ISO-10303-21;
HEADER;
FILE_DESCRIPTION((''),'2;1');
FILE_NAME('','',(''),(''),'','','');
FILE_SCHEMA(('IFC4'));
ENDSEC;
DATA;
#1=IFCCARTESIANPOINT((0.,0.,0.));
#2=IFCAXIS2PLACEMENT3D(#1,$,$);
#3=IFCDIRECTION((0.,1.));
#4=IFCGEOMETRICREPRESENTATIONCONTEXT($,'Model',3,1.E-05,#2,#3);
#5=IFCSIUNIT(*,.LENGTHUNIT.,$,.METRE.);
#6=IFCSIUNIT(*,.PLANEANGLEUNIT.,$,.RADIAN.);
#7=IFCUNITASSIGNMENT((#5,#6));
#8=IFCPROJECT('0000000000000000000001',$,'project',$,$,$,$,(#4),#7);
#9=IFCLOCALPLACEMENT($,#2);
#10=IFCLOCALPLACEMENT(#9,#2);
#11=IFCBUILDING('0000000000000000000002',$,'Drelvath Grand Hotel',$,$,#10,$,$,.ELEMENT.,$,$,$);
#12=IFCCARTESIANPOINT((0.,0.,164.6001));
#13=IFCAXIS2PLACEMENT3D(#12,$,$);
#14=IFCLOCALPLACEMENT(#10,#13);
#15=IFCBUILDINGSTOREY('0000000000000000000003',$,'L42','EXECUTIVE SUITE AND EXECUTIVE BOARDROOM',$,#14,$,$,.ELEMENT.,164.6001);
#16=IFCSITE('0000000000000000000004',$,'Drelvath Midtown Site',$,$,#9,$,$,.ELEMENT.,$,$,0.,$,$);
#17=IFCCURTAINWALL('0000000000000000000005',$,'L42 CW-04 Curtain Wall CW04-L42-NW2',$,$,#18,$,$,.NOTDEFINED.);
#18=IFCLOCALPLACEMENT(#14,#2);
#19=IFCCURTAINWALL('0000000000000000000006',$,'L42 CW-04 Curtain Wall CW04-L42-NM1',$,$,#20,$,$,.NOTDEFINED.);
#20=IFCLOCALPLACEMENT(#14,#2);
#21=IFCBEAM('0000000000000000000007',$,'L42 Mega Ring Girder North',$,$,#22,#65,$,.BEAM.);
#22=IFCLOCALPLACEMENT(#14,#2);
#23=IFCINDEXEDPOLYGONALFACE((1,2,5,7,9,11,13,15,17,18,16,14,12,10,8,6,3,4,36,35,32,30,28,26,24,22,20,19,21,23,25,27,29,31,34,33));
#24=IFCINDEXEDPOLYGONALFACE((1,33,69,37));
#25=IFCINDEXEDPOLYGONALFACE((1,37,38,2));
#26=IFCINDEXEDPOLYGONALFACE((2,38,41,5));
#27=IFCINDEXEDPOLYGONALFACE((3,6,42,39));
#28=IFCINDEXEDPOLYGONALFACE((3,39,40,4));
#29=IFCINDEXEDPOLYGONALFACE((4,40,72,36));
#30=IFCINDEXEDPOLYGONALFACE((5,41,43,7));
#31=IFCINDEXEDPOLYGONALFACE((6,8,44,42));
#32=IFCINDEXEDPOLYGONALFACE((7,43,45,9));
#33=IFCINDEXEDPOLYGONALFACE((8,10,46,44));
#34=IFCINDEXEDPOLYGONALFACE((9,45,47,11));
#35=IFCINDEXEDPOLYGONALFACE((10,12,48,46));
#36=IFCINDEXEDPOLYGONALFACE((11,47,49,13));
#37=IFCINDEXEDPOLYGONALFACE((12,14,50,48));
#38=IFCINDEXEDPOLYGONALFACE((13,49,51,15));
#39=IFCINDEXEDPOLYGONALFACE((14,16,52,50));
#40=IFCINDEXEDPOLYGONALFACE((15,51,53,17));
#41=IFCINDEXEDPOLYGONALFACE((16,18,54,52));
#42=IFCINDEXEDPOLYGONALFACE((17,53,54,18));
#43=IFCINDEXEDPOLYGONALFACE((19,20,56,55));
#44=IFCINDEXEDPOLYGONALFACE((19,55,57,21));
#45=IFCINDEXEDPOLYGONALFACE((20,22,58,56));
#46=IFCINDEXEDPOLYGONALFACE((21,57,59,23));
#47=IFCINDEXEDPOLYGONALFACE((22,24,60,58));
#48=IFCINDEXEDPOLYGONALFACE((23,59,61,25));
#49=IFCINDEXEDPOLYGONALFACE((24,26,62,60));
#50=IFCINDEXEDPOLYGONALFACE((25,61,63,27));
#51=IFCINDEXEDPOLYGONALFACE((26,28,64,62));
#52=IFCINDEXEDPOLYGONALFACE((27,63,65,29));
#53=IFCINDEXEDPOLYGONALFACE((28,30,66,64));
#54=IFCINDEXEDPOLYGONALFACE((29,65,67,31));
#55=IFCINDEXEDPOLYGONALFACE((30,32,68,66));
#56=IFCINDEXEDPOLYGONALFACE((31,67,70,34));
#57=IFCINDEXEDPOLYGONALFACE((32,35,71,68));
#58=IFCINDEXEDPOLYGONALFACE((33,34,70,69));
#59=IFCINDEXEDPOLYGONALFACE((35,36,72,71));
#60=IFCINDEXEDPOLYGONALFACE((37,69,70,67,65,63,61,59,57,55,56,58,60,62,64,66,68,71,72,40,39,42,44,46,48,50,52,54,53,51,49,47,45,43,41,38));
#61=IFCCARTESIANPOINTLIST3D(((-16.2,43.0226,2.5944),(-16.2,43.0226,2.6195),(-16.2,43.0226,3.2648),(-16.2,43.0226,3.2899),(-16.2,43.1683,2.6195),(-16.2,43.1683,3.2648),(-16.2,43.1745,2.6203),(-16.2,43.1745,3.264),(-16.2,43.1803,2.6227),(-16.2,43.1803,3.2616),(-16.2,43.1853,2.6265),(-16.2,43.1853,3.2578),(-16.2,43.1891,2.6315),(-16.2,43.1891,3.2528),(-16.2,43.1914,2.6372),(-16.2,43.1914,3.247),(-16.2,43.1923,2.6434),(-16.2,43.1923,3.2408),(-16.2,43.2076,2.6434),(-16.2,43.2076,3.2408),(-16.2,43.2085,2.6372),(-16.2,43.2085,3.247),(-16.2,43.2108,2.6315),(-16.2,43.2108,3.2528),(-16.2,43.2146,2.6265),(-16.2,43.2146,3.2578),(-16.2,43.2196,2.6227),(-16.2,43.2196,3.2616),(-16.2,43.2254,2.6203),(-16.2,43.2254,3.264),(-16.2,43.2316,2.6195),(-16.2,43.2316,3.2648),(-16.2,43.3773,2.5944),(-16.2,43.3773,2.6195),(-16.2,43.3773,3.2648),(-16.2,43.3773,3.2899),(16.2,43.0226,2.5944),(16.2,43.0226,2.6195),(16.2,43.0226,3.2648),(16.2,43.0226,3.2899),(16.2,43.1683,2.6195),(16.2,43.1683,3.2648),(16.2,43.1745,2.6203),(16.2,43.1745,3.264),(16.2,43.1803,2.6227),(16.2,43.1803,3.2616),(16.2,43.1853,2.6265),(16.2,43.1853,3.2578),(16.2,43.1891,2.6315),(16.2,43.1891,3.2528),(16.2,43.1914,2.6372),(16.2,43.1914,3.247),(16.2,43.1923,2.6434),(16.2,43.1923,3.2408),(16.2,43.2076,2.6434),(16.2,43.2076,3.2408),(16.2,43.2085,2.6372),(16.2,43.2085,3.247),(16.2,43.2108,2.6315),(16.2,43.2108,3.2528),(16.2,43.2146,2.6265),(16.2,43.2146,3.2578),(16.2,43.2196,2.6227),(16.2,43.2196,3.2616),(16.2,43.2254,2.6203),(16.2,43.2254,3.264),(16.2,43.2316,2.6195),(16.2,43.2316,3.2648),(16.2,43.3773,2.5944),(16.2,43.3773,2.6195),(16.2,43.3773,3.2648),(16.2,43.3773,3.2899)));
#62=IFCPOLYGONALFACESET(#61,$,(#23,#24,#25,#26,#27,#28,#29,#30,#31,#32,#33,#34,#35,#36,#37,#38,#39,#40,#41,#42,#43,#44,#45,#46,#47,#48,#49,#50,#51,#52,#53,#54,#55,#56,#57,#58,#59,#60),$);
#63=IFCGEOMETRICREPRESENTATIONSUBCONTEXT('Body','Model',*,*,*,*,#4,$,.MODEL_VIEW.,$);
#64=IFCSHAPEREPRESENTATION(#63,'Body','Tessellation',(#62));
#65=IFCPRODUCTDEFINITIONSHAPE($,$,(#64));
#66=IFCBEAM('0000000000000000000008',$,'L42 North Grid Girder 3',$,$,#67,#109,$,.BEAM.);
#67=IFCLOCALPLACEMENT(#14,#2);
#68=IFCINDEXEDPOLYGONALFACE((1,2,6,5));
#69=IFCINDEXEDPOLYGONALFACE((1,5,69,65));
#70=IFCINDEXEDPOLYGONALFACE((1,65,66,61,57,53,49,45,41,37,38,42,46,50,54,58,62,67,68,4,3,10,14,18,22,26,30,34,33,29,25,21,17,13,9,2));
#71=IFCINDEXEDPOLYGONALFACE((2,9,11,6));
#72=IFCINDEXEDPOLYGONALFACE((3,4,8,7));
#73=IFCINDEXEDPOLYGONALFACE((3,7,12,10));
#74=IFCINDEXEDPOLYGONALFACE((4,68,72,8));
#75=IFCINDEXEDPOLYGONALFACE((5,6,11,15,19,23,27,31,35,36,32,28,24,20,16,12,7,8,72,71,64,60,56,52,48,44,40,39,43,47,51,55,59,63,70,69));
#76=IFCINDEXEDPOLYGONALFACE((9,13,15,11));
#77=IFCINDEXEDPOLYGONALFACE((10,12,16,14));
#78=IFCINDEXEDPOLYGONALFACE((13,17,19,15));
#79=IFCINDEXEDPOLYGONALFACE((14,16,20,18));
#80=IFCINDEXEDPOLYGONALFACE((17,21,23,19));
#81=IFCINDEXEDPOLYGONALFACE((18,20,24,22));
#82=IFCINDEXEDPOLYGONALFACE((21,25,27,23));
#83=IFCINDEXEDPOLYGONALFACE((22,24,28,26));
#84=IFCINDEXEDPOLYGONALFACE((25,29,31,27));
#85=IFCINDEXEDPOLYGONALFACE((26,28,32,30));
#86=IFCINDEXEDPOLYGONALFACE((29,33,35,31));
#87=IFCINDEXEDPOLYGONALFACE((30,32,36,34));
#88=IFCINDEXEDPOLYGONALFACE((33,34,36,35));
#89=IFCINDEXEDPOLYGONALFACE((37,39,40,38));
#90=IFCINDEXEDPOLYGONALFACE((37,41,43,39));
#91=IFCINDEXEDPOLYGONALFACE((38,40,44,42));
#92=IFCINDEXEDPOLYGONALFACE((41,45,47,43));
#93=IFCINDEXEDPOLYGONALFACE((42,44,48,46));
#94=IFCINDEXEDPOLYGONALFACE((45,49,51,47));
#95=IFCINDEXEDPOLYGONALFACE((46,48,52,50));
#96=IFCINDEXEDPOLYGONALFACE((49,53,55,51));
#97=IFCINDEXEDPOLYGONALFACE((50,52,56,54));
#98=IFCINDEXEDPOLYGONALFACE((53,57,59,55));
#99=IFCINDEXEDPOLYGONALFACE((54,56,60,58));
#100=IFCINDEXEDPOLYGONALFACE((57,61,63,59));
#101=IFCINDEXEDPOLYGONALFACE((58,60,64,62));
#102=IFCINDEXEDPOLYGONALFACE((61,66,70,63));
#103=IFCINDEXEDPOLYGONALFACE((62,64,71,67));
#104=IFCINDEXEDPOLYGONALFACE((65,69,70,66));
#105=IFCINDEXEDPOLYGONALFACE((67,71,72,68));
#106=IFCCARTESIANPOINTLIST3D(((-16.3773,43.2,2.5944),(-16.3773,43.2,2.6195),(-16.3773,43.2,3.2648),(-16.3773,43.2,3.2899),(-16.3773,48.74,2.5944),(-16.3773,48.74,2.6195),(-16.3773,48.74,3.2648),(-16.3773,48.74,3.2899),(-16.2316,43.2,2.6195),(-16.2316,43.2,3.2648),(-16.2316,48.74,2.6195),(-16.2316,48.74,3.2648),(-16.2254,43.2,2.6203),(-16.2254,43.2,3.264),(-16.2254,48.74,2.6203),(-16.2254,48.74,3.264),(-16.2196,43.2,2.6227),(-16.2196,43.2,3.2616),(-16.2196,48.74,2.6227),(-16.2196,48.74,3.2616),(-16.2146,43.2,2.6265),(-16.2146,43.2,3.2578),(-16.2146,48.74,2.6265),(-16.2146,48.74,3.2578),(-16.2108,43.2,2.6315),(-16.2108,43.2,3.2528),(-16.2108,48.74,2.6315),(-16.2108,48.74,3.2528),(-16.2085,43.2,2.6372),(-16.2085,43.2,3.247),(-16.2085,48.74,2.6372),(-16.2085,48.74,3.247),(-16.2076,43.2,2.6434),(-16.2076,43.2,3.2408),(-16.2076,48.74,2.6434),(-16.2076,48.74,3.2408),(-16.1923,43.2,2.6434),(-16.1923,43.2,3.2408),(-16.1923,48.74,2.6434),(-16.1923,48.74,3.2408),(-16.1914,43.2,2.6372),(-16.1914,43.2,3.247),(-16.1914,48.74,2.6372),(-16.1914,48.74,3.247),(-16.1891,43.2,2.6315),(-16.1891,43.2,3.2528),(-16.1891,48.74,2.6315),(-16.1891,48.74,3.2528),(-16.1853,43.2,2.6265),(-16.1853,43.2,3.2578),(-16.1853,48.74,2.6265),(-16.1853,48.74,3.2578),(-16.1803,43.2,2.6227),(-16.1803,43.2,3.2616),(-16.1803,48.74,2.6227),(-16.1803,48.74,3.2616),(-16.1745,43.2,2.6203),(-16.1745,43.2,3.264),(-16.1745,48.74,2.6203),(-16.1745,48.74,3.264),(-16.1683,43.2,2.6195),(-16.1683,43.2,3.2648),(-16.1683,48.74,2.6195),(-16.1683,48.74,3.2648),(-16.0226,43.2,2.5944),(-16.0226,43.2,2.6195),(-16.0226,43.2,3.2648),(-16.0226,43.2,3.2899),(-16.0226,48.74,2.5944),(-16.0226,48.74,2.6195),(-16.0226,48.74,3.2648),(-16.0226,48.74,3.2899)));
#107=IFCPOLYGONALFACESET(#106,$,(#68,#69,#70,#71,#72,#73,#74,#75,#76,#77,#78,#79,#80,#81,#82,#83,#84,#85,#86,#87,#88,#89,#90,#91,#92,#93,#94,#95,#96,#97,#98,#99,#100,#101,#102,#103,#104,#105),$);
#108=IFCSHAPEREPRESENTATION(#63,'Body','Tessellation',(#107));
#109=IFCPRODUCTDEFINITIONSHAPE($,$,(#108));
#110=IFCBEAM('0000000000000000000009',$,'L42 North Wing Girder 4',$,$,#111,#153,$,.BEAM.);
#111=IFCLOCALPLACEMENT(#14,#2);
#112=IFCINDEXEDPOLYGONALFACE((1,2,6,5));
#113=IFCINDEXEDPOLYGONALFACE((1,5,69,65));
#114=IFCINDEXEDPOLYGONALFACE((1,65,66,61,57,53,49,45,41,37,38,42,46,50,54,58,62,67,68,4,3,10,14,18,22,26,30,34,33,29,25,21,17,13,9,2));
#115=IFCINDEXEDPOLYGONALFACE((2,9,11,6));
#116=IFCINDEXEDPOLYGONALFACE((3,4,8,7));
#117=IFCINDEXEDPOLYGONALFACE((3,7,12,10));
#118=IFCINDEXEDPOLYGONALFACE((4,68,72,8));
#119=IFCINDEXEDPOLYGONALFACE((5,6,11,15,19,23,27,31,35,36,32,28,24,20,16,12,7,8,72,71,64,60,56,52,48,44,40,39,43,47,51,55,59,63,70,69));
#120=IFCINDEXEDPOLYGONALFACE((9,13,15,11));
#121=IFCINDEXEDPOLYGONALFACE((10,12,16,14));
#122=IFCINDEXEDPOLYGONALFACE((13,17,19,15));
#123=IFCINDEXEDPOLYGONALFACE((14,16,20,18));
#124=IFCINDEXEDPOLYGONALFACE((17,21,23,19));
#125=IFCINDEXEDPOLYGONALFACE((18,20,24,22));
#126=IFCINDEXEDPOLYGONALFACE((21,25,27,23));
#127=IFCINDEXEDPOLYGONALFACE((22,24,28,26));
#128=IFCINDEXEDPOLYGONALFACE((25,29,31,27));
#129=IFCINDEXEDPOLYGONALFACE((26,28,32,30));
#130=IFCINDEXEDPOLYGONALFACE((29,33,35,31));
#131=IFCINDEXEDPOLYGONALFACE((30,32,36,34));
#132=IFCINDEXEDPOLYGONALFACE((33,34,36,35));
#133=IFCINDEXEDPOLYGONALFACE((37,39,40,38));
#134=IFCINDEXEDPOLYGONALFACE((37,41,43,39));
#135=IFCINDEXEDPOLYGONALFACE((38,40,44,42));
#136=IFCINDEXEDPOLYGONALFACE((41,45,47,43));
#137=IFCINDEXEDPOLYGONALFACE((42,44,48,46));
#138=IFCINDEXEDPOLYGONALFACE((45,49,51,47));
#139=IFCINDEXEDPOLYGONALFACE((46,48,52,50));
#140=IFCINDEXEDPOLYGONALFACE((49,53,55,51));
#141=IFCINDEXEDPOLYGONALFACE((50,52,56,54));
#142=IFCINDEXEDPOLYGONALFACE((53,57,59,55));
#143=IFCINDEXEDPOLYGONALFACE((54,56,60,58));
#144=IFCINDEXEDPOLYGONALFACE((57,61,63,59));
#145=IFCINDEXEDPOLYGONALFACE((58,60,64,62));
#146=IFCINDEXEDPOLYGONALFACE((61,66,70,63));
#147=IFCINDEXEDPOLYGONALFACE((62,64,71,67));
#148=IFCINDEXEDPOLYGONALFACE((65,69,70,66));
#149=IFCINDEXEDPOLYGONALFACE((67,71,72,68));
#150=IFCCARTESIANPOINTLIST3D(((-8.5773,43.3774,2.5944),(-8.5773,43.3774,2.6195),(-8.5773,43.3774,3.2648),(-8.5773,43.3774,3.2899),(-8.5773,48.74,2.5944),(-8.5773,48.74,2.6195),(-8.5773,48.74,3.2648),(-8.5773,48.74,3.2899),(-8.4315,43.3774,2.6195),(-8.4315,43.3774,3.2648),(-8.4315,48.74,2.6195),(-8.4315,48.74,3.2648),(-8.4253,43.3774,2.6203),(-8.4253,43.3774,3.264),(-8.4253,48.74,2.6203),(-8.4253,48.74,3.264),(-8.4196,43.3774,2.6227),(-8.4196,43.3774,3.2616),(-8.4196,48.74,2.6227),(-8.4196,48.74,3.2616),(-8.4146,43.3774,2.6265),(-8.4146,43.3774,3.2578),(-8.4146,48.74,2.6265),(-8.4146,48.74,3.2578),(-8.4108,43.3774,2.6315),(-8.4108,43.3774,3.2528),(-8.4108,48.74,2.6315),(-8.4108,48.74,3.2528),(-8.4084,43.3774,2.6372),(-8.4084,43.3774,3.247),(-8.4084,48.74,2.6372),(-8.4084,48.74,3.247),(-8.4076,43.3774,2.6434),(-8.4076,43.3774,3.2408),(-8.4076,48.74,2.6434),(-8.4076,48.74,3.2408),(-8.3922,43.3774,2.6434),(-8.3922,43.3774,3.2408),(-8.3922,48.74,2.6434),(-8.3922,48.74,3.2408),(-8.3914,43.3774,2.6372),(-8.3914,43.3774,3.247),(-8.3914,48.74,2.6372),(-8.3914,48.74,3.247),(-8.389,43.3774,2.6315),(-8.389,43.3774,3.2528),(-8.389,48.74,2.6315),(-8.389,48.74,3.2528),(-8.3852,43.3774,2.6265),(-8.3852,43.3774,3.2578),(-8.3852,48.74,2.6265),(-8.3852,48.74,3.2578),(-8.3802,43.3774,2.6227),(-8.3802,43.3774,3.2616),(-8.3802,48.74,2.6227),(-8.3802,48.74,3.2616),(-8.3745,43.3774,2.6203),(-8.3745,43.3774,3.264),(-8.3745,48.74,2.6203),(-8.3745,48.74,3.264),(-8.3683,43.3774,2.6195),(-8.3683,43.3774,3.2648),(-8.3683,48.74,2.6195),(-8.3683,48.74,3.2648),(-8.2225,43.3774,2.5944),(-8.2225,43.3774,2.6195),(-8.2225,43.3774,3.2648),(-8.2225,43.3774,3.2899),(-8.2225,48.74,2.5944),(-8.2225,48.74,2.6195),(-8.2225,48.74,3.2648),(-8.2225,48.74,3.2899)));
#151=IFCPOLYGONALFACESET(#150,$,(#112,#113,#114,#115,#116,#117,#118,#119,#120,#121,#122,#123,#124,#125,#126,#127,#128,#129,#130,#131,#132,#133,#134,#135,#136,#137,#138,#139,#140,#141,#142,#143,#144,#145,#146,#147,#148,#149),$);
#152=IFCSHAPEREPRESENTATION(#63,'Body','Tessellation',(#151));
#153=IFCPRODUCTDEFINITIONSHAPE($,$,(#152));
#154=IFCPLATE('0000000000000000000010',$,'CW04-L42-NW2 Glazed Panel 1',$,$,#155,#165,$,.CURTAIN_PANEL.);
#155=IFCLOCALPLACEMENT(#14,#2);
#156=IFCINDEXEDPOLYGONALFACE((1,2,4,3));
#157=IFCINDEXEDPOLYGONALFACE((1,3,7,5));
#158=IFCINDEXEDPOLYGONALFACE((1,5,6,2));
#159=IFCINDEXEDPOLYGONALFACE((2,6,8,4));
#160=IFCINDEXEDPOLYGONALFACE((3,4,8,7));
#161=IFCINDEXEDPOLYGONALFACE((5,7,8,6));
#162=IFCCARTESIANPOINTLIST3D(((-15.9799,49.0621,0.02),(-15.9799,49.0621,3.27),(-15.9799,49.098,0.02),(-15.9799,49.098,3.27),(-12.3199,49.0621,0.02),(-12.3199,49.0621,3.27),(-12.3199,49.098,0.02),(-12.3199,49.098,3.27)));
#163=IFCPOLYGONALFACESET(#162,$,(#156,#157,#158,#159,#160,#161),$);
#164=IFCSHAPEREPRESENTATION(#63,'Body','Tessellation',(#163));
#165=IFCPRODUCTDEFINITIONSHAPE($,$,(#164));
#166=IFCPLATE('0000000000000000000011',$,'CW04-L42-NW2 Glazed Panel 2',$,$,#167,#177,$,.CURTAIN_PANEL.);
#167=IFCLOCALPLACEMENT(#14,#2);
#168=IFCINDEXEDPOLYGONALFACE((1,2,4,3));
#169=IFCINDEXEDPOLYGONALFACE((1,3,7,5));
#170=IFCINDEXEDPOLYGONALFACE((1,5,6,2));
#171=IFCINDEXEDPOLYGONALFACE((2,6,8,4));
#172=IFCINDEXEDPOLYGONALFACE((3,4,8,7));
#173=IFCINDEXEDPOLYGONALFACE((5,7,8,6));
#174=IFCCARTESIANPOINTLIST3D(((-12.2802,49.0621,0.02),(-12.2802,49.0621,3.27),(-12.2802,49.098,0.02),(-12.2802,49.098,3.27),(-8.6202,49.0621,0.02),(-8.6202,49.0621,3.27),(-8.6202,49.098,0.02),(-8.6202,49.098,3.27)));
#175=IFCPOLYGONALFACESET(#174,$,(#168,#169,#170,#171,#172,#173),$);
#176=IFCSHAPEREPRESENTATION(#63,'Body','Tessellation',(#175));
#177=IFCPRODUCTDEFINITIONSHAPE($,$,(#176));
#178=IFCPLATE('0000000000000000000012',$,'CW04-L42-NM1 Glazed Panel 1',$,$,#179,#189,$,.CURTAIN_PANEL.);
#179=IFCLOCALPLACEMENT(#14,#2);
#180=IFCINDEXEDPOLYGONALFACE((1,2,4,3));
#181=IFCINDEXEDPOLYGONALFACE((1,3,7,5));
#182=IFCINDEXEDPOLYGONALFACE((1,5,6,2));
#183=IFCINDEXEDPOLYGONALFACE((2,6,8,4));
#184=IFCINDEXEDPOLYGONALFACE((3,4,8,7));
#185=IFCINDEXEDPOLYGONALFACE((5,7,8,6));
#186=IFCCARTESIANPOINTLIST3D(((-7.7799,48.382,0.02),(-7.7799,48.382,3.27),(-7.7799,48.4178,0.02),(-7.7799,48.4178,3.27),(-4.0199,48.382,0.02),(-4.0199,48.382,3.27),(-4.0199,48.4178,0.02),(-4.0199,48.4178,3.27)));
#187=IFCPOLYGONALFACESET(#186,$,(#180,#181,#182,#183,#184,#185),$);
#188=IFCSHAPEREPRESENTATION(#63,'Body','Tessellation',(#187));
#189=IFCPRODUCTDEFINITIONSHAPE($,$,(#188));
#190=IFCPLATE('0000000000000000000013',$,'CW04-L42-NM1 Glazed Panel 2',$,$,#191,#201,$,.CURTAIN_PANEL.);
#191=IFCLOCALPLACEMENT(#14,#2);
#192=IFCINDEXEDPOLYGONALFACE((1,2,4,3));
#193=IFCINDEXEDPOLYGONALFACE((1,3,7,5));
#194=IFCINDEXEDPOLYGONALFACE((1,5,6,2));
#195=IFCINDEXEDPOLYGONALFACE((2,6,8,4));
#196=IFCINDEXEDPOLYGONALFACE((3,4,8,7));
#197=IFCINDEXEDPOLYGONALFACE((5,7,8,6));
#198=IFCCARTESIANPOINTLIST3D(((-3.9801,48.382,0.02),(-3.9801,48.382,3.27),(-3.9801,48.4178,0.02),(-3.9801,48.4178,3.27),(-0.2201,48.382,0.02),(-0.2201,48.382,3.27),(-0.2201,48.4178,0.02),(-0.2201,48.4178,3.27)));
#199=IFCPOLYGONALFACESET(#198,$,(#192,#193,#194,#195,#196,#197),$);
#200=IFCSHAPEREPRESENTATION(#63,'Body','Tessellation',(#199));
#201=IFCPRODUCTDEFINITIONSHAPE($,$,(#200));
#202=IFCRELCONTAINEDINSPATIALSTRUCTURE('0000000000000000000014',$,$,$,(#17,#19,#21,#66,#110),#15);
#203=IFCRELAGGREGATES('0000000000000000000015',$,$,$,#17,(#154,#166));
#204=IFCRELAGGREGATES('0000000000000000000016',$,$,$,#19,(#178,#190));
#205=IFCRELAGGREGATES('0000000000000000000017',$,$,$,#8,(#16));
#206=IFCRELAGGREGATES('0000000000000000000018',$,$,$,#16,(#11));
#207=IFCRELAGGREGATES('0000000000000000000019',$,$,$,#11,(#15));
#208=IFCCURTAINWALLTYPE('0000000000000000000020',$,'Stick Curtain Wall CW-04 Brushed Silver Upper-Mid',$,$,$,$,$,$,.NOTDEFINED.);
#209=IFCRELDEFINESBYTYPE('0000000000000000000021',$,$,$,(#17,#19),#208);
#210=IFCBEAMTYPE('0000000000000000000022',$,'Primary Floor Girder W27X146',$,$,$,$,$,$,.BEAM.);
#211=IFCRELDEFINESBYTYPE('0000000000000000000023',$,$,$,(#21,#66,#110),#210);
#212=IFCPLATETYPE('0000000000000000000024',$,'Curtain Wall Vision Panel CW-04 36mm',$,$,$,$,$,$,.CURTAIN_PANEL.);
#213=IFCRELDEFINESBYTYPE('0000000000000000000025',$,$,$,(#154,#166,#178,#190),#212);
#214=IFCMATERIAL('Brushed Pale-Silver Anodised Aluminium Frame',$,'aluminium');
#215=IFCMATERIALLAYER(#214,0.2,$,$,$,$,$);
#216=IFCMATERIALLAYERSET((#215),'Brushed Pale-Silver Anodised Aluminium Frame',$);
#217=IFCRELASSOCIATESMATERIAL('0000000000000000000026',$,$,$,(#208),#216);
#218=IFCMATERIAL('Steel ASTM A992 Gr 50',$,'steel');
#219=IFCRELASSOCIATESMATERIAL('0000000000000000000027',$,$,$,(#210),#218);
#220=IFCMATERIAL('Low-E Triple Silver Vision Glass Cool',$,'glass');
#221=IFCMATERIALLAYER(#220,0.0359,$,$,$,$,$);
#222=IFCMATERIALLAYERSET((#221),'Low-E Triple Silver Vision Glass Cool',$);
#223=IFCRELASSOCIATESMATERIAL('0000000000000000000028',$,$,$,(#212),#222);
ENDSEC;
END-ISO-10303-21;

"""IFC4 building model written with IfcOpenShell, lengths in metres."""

from ifc_helpers import new_model, si_unit, direction, frame, origin, origin_2d, place, context, subcontext, project, spatial, rectangle, i_section, extrude, material, layer, layer_set, material_profile, profile_set, type_object, element, aggregate, save


model = new_model("IFC4")

# Units and contexts
model_context = context("Model", 3, precision=1e-05, world=origin(), true_north=direction((0.0, 1.0)))
body_context = subcontext(model_context, "Body", "Model", "MODEL_VIEW")
ifc_project = project(units=[si_unit("LENGTHUNIT", "METRE"), si_unit("PLANEANGLEUNIT", "RADIAN")], contexts=[model_context])

# Site, building, storey
site_placement = place(None, origin())
site = spatial("IfcSite", under=ifc_project, at=site_placement, Name="Drelvath Midtown Site", CompositionType="ELEMENT", RefElevation=0.0)
building_placement = place(site_placement, origin())
building = spatial("IfcBuilding", under=site, at=building_placement, Name="Drelvath Grand Hotel", CompositionType="ELEMENT")
storey_placement = place(building_placement, frame((0.0, 0.0, 164.6001)))
storey = spatial("IfcBuildingStorey", under=building, at=storey_placement, Name="L42", Description="EXECUTIVE SUITE AND EXECUTIVE BOARDROOM", CompositionType="ELEMENT", Elevation=164.6001)

# Curtain walls
ifc_material_1 = material(Name="Brushed Pale-Silver Anodised Aluminium Frame", Category="aluminium")
ifc_layer_1 = layer(ifc_material_1, 0.2)
ifc_layer_set_1 = layer_set([ifc_layer_1], Name="Brushed Pale-Silver Anodised Aluminium Frame")
curtain_wall_type = type_object("IfcCurtainWallType", Name="Stick Curtain Wall CW-04 Brushed Silver Upper-Mid", PredefinedType="NOTDEFINED", material=ifc_layer_set_1)
curtain_wall_1_placement = place(storey_placement, origin())
curtain_wall_1 = element("IfcCurtainWall", 1, at=curtain_wall_1_placement, inside=storey, type_object=curtain_wall_type, Name="L42 CW-04 Curtain Wall CW04-L42-NW2", PredefinedType="NOTDEFINED")
curtain_wall_2_placement = place(storey_placement, origin())
curtain_wall_2 = element("IfcCurtainWall", 2, at=curtain_wall_2_placement, inside=storey, type_object=curtain_wall_type, Name="L42 CW-04 Curtain Wall CW04-L42-NM1", PredefinedType="NOTDEFINED")

# Beams
ifc_material_2 = material(Name="Steel ASTM A992 Gr 50", Category="steel")
ifc_material_profile_1 = material_profile(ifc_material_2, i_section(OverallWidth=0.3547, OverallDepth=0.6956, WebThickness=0.0154, FlangeThickness=0.0251, FilletRadius=0.0239, at=origin_2d()), Name="W27X146")
ifc_profile_set_1 = profile_set([ifc_material_profile_1], Name="Steel ASTM A992 Gr 50")
beam_type_1 = type_object("IfcBeamType", Name="Primary Floor Girder W27X146", PredefinedType="BEAM", material=ifc_profile_set_1)
beam_1_placement = place(storey_placement, frame((-16.2, 43.2, 2.9421), z_axis=(1.0, 0.0, 0.0), x_axis=(0.0, 1.0, 0.0)))
element("IfcBeam", 3, at=beam_1_placement, inside=storey, type_object=beam_type_1, Name="L42 Mega Ring Girder North", PredefinedType="BEAM", context=body_context, shape_type="SweptSolid", body=[
    extrude(i_section(OverallWidth=0.3547, OverallDepth=0.6956, WebThickness=0.0154, FlangeThickness=0.0251, FilletRadius=0.0239, at=origin_2d()), origin(), (0.0, 0.0, 1.0), 32.3999),
])
beam_2_placement = place(storey_placement, frame((-16.2, 43.2, 2.9421), z_axis=(0.0, 1.0, 0.0), x_axis=(-1.0, 0.0, 0.0)))
element("IfcBeam", 4, at=beam_2_placement, inside=storey, type_object=beam_type_1, Name="L42 North Grid Girder 3", PredefinedType="BEAM", context=body_context, shape_type="SweptSolid", body=[
    extrude(i_section(OverallWidth=0.3547, OverallDepth=0.6956, WebThickness=0.0154, FlangeThickness=0.0251, FilletRadius=0.0239, at=origin_2d()), origin(), (0.0, 0.0, 1.0), 5.54),
])
beam_3_placement = place(storey_placement, frame((-8.3999, 43.3774, 2.9421), z_axis=(0.0, 1.0, 0.0), x_axis=(-1.0, 0.0, 0.0)))
element("IfcBeam", 5, at=beam_3_placement, inside=storey, type_object=beam_type_1, Name="L42 North Wing Girder 4", PredefinedType="BEAM", context=body_context, shape_type="SweptSolid", body=[
    extrude(i_section(OverallWidth=0.3547, OverallDepth=0.6956, WebThickness=0.0154, FlangeThickness=0.0251, FilletRadius=0.0239, at=origin_2d()), origin(), (0.0, 0.0, 1.0), 5.3625),
])

# Plates
ifc_material_3 = material(Name="Low-E Triple Silver Vision Glass Cool", Category="glass")
ifc_layer_2 = layer(ifc_material_3, 0.0359)
ifc_layer_set_2 = layer_set([ifc_layer_2], Name="Low-E Triple Silver Vision Glass Cool")
plate_type = type_object("IfcPlateType", Name="Curtain Wall Vision Panel CW-04 36mm", PredefinedType="CURTAIN_PANEL", material=ifc_layer_set_2)
plate_1_placement = place(storey_placement, frame((-14.1499, 49.0801, 0.02), z_axis=(0.0, 0.0, 1.0), x_axis=(1.0, 0.0, 0.0)))
plate_1 = element("IfcPlate", 6, at=plate_1_placement, type_object=plate_type, Name="CW04-L42-NW2 Glazed Panel 1", PredefinedType="CURTAIN_PANEL", context=body_context, shape_type="SweptSolid", body=[
    extrude(rectangle(XDim=3.6599, YDim=0.0359, at=origin_2d()), origin(), (0.0, 0.0, 1.0), 3.25),
])
plate_2_placement = place(storey_placement, frame((-10.4502, 49.0801, 0.02), z_axis=(0.0, 0.0, 1.0), x_axis=(1.0, 0.0, 0.0)))
plate_2 = element("IfcPlate", 7, at=plate_2_placement, type_object=plate_type, Name="CW04-L42-NW2 Glazed Panel 2", PredefinedType="CURTAIN_PANEL", context=body_context, shape_type="SweptSolid", body=[
    extrude(rectangle(XDim=3.6599, YDim=0.0359, at=origin_2d()), origin(), (0.0, 0.0, 1.0), 3.25),
])
aggregate(curtain_wall_1, [plate_1, plate_2])
plate_3_placement = place(storey_placement, frame((-5.8999, 48.3999, 0.02), z_axis=(0.0, 0.0, 1.0), x_axis=(1.0, 0.0, 0.0)))
plate_3 = element("IfcPlate", 8, at=plate_3_placement, type_object=plate_type, Name="CW04-L42-NM1 Glazed Panel 1", PredefinedType="CURTAIN_PANEL", context=body_context, shape_type="SweptSolid", body=[
    extrude(rectangle(XDim=3.76, YDim=0.0359, at=origin_2d()), origin(), (0.0, 0.0, 1.0), 3.25),
])
plate_4_placement = place(storey_placement, frame((-2.1001, 48.3999, 0.02), z_axis=(0.0, 0.0, 1.0), x_axis=(1.0, 0.0, 0.0)))
plate_4 = element("IfcPlate", 9, at=plate_4_placement, type_object=plate_type, Name="CW04-L42-NM1 Glazed Panel 2", PredefinedType="CURTAIN_PANEL", context=body_context, shape_type="SweptSolid", body=[
    extrude(rectangle(XDim=3.76, YDim=0.0359, at=origin_2d()), origin(), (0.0, 0.0, 1.0), 3.25),
])
aggregate(curtain_wall_2, [plate_3, plate_4])

save(model, "model.ifc")
